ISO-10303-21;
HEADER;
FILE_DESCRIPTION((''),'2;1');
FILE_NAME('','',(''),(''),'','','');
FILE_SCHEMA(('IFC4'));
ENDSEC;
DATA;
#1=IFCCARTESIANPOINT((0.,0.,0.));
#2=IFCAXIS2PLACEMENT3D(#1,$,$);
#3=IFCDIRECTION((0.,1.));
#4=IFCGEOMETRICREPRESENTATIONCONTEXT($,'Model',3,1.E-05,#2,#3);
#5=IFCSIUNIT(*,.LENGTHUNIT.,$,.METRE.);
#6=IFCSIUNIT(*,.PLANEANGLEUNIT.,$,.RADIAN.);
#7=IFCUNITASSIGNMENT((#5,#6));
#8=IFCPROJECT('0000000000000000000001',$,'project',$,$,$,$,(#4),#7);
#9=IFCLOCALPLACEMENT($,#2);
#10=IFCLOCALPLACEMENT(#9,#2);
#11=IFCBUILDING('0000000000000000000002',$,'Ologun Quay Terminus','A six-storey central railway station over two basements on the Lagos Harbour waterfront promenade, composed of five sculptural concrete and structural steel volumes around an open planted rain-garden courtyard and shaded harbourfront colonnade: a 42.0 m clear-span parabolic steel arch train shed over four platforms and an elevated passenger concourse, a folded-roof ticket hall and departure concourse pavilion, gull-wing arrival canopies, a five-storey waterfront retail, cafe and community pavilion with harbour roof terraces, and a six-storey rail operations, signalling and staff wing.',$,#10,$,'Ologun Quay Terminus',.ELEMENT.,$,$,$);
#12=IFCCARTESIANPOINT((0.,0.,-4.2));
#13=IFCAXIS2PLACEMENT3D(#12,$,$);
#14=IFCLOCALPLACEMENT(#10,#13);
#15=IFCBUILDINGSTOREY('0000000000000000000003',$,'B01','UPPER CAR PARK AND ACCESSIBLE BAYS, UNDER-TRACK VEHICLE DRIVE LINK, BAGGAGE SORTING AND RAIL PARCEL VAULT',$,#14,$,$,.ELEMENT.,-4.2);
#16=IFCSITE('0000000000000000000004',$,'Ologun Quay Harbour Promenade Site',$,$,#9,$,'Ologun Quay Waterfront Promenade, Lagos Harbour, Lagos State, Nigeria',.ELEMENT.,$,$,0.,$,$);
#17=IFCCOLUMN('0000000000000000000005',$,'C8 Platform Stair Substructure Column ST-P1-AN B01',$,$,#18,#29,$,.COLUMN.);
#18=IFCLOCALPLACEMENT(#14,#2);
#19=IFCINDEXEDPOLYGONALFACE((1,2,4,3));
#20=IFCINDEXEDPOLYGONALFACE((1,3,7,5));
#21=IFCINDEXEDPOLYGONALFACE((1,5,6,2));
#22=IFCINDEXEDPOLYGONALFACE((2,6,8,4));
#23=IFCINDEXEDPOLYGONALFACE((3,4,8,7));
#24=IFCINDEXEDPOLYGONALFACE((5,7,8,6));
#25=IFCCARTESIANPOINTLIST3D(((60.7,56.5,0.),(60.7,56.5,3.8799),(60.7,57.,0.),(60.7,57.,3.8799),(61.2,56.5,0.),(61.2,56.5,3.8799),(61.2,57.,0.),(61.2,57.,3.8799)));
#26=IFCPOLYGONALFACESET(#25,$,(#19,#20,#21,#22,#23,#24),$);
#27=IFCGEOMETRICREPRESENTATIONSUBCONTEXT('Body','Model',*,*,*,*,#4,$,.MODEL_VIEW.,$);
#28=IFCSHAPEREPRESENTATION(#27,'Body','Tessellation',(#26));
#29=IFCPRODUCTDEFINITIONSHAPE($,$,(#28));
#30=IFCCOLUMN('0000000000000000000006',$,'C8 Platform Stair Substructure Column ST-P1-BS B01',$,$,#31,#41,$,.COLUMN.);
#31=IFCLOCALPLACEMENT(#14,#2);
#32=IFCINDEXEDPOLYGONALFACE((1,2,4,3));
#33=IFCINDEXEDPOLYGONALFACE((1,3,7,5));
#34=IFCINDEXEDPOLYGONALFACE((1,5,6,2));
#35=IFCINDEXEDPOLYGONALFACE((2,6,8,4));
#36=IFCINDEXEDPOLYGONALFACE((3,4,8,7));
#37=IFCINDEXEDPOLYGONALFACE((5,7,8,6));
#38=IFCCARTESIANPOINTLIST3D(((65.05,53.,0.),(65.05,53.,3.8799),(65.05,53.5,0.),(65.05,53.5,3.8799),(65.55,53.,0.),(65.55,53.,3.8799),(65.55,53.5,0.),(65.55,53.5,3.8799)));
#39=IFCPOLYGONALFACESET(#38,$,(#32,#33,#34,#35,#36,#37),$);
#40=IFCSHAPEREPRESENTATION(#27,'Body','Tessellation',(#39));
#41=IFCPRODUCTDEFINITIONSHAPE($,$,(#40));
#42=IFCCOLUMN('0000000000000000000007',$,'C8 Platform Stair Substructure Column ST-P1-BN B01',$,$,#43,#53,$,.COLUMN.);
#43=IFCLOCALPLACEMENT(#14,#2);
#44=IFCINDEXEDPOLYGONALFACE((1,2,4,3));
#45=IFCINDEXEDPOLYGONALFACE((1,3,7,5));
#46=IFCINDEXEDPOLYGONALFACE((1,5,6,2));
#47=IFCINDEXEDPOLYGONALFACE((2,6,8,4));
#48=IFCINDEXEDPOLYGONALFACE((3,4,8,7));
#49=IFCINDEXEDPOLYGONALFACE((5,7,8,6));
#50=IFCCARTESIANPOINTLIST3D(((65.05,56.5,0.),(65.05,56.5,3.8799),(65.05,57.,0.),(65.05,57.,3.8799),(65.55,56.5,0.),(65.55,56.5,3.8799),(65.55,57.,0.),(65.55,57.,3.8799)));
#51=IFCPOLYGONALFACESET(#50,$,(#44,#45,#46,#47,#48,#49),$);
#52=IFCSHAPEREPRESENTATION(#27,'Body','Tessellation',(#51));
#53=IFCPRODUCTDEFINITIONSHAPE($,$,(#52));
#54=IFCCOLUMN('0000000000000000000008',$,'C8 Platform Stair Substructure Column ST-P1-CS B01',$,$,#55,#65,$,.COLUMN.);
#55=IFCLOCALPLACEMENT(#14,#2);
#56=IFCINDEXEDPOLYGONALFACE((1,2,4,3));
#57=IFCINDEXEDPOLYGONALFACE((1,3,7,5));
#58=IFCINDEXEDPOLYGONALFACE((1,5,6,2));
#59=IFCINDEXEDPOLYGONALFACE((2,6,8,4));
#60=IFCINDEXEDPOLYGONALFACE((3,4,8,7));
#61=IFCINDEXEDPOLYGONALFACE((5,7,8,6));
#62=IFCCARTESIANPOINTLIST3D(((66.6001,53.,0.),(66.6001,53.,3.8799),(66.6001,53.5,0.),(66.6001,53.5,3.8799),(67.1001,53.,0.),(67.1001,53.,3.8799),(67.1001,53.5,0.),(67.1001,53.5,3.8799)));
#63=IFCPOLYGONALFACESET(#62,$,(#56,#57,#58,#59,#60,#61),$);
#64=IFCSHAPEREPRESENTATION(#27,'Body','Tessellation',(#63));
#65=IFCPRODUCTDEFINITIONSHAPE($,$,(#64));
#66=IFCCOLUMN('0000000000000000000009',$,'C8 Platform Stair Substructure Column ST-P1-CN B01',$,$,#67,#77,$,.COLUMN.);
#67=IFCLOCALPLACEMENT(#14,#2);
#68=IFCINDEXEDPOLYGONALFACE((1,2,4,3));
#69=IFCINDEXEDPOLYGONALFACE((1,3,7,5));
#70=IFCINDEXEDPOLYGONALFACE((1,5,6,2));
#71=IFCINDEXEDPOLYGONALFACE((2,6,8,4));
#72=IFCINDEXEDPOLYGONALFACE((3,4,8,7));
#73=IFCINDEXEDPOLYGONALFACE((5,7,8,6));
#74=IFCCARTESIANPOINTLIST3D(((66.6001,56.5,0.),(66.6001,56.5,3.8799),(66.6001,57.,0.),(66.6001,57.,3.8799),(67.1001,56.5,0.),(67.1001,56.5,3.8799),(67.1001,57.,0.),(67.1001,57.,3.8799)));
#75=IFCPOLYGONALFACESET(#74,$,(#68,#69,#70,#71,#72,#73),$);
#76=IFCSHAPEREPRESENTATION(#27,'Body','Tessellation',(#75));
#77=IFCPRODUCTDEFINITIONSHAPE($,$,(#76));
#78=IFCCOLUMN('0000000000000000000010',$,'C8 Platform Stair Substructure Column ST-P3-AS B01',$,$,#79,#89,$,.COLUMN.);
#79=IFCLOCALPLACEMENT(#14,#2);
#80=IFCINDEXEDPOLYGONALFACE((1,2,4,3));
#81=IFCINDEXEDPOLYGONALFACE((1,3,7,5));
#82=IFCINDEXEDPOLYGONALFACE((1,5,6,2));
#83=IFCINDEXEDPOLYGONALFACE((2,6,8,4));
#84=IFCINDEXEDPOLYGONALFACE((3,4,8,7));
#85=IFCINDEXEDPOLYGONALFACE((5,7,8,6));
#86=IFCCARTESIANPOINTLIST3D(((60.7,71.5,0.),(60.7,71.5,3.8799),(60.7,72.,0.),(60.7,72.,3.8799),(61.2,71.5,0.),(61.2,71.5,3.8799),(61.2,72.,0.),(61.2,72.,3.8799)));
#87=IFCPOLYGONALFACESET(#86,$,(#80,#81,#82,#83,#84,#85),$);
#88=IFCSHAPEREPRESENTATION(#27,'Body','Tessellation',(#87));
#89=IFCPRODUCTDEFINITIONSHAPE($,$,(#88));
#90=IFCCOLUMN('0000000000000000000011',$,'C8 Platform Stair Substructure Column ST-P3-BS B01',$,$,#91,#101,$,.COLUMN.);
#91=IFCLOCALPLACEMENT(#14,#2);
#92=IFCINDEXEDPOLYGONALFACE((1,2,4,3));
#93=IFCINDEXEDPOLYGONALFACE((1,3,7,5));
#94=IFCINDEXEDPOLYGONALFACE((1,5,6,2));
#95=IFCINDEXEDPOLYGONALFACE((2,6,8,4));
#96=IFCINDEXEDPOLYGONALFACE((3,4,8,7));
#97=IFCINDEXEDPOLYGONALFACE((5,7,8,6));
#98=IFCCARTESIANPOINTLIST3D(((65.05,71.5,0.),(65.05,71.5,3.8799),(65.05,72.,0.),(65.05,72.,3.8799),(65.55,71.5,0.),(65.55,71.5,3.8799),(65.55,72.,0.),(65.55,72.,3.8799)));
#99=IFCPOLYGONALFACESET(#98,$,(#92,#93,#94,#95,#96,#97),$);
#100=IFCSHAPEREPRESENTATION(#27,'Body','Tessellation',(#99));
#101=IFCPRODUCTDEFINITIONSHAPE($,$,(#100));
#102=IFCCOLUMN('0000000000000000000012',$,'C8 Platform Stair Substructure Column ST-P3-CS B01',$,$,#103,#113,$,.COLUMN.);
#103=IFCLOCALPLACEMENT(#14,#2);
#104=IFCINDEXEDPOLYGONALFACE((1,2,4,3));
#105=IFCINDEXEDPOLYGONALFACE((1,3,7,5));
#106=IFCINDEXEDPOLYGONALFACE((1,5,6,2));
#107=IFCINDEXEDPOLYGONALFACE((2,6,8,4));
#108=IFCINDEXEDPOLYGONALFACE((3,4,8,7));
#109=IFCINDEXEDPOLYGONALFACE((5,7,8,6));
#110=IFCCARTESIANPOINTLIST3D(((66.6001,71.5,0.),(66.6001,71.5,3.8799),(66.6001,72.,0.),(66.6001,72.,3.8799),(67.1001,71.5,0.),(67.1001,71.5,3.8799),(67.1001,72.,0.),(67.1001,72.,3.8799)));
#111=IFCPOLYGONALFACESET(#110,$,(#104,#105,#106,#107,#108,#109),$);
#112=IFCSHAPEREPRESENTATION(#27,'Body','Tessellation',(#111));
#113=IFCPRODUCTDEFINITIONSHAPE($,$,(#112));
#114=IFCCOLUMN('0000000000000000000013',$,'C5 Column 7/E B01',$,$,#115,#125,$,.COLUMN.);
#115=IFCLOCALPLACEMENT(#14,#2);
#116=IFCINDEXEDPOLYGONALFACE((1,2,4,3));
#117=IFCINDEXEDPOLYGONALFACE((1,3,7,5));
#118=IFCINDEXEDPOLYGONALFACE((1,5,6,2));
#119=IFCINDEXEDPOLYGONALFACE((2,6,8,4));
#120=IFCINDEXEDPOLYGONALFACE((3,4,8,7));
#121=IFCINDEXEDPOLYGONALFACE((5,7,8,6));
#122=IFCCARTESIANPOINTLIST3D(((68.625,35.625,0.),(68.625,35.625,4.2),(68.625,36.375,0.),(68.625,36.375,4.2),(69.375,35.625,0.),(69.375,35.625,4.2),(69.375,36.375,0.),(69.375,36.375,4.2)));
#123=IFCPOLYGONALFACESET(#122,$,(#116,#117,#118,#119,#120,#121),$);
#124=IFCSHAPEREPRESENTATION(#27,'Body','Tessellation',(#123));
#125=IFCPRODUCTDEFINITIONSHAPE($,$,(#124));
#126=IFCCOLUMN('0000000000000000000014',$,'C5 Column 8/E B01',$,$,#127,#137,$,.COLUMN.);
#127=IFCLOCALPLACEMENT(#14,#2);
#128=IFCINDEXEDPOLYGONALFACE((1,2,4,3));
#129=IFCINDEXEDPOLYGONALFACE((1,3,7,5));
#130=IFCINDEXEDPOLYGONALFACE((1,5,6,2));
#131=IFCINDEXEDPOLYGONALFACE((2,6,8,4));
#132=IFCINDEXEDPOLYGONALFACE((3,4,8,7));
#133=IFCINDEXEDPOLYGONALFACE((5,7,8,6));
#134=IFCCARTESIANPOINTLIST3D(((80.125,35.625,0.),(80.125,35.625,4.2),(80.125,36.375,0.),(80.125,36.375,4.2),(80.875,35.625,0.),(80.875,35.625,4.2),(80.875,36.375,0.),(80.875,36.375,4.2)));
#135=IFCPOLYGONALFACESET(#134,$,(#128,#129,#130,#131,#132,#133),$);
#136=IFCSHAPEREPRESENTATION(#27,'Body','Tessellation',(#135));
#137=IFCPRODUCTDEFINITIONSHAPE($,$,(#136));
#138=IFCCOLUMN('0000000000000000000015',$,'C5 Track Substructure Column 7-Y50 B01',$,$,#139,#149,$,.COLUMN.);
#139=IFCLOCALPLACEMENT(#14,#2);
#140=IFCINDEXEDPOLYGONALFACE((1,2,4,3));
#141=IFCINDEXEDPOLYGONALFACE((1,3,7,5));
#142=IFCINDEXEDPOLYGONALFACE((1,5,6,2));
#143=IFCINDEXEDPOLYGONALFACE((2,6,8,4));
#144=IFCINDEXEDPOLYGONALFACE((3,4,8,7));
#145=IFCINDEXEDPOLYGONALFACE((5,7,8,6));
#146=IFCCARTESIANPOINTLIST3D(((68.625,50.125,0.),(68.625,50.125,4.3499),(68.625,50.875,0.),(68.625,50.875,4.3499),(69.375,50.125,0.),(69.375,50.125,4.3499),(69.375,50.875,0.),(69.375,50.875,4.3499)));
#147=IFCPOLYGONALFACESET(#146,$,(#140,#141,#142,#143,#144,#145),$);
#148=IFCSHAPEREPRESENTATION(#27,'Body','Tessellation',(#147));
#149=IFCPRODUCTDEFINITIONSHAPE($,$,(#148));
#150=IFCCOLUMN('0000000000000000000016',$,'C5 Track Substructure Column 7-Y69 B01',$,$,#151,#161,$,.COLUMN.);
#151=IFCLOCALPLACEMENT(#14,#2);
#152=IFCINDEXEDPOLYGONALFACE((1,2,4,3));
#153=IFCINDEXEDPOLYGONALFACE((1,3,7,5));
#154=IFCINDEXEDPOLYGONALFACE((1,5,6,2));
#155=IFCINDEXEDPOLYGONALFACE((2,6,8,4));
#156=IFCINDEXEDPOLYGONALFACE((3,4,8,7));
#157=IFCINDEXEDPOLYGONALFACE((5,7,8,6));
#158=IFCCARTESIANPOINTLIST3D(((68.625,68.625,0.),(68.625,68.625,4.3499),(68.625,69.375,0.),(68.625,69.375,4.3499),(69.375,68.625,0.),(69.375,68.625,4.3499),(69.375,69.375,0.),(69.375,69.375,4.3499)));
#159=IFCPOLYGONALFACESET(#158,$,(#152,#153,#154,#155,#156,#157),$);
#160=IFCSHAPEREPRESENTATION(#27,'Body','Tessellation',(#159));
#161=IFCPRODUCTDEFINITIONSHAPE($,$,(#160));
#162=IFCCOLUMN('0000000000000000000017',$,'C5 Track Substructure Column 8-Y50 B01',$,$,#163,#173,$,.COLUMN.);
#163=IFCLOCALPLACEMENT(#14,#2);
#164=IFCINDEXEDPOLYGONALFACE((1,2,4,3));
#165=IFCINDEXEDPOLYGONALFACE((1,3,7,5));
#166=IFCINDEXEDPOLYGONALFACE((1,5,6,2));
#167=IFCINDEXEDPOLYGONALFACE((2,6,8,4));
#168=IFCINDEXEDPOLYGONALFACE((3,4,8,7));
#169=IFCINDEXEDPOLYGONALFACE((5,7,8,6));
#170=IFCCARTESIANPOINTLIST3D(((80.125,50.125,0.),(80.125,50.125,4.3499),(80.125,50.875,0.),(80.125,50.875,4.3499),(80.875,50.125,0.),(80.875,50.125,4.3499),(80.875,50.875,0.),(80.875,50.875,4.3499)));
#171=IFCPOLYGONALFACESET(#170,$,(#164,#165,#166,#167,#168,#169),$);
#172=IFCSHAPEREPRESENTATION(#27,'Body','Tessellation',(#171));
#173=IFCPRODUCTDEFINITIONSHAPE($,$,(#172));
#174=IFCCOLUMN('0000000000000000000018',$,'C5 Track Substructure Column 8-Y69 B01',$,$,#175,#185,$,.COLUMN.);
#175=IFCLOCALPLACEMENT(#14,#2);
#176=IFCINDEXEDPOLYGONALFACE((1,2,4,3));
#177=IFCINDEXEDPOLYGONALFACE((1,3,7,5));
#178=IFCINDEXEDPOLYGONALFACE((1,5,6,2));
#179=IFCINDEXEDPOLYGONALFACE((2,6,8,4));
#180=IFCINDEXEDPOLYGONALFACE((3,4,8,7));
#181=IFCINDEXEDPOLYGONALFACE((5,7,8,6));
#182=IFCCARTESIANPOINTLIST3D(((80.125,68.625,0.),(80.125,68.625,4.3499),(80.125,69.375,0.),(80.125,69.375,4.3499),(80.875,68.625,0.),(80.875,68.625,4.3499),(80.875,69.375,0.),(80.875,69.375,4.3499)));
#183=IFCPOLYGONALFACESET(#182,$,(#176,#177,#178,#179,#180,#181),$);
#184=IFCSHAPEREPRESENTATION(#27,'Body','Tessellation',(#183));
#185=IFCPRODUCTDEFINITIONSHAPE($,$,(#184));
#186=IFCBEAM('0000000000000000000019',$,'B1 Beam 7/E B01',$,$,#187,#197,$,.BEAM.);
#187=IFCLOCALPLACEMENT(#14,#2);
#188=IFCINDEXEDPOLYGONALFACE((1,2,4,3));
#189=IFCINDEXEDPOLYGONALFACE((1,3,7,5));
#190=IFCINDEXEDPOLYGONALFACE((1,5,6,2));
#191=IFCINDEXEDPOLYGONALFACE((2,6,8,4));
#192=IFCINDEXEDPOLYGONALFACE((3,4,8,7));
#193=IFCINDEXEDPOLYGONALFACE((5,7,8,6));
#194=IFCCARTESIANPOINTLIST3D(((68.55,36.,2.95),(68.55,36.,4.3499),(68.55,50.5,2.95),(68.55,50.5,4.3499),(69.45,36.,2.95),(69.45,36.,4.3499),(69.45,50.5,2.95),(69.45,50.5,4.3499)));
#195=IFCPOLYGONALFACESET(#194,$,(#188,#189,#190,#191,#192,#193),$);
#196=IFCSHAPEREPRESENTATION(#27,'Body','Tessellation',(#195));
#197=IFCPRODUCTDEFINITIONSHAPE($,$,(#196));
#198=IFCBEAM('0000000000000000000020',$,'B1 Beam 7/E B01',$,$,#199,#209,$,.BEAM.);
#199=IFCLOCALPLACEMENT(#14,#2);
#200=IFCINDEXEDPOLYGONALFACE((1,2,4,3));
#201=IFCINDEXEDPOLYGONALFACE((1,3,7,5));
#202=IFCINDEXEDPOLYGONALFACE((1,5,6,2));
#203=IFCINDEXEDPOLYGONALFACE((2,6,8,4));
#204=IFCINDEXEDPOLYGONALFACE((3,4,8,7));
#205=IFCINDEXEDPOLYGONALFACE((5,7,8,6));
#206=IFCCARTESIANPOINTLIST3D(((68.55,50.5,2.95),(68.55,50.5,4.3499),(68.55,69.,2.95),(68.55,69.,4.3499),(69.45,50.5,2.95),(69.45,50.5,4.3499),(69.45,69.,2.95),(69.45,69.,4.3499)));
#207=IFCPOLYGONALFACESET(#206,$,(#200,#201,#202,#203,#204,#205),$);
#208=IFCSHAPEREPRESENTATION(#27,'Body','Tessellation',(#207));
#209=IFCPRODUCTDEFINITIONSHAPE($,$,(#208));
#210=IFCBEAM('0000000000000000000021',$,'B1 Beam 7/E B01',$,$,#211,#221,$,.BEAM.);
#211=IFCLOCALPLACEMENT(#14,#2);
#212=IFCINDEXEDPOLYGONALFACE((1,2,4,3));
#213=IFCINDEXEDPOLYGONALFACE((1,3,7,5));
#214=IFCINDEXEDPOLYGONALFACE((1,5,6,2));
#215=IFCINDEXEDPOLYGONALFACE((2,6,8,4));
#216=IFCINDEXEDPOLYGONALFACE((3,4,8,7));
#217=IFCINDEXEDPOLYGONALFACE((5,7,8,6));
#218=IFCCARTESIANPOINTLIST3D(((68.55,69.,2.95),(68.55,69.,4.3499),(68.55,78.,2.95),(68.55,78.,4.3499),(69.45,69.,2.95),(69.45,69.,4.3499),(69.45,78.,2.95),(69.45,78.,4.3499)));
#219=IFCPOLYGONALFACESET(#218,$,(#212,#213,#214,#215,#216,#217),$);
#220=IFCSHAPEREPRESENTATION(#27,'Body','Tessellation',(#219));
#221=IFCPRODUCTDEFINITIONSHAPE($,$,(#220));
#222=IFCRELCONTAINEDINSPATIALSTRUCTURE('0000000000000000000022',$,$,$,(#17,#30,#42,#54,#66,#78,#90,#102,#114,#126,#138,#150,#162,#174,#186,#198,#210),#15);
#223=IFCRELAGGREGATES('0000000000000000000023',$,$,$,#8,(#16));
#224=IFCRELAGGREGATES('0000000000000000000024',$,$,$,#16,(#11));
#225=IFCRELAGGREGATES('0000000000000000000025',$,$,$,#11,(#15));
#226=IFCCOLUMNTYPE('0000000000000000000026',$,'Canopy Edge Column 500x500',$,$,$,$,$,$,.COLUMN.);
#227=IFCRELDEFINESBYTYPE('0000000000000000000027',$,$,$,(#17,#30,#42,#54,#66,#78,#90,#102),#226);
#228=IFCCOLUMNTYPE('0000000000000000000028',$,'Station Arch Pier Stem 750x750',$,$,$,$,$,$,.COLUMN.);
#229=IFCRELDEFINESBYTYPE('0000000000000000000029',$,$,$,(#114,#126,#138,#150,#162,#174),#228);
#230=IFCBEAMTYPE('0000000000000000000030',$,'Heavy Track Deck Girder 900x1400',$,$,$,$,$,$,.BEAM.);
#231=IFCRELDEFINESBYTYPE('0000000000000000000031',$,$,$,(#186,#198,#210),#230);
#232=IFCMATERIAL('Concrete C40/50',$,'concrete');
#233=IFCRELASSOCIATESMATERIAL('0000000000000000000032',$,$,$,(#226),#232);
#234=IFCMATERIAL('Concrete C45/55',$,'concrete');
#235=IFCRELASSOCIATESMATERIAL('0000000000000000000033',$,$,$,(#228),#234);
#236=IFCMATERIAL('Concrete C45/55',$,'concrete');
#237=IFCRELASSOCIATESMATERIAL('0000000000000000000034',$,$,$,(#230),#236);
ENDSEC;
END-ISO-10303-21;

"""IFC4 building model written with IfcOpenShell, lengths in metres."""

from ifc_helpers import new_model, si_unit, direction, frame, origin, origin_2d, place, context, subcontext, project, spatial, rectangle, extrude, material, material_profile, profile_set, type_object, element, save


model = new_model("IFC4")

# Units and contexts
model_context = context("Model", 3, precision=1e-05, world=origin(), true_north=direction((0.0, 1.0)))
body_context = subcontext(model_context, "Body", "Model", "MODEL_VIEW")
ifc_project = project(units=[si_unit("LENGTHUNIT", "METRE"), si_unit("PLANEANGLEUNIT", "RADIAN")], contexts=[model_context])

# Site, building, storey
site_placement = place(None, origin())
site = spatial("IfcSite", under=ifc_project, at=site_placement, Name="Ologun Quay Harbour Promenade Site", LongName="Ologun Quay Waterfront Promenade, Lagos Harbour, Lagos State, Nigeria", CompositionType="ELEMENT", RefElevation=0.0)
building_placement = place(site_placement, origin())
building = spatial("IfcBuilding", under=site, at=building_placement, Name="Ologun Quay Terminus", Description="A six-storey central railway station over two basements on the Lagos Harbour waterfront promenade, composed of five sculptural concrete and structural steel volumes around an open planted rain-garden courtyard and shaded harbourfront colonnade: a 42.0 m clear-span parabolic steel arch train shed over four platforms and an elevated passenger concourse, a folded-roof ticket hall and departure concourse pavilion, gull-wing arrival canopies, a five-storey waterfront retail, cafe and community pavilion with harbour roof terraces, and a six-storey rail operations, signalling and staff wing.", LongName="Ologun Quay Terminus", CompositionType="ELEMENT")
storey_placement = place(building_placement, frame((0.0, 0.0, -4.2)))
storey = spatial("IfcBuildingStorey", under=building, at=storey_placement, Name="B01", Description="UPPER CAR PARK AND ACCESSIBLE BAYS, UNDER-TRACK VEHICLE DRIVE LINK, BAGGAGE SORTING AND RAIL PARCEL VAULT", CompositionType="ELEMENT", Elevation=-4.2)

# Columns
ifc_material_1 = material(Name="Concrete C40/50", Category="concrete")
ifc_material_profile_1 = material_profile(ifc_material_1, rectangle(XDim=0.5, YDim=0.5, at=origin_2d()), Name="RC 500x500")
ifc_profile_set_1 = profile_set([ifc_material_profile_1], Name="Concrete C40/50")
column_type_1 = type_object("IfcColumnType", Name="Canopy Edge Column 500x500", PredefinedType="COLUMN", material=ifc_profile_set_1)
for number, where, z_axis, x_axis, name in (
    (1, (60.95, 56.75, 0.0), (0.0, 0.0, 1.0), (1.0, 0.0, 0.0), "C8 Platform Stair Substructure Column ST-P1-AN B01"),
    (2, (65.3, 53.25, 0.0), (0.0, 0.0, 1.0), (1.0, 0.0, 0.0), "C8 Platform Stair Substructure Column ST-P1-BS B01"),
    (3, (65.3, 56.75, 0.0), (0.0, 0.0, 1.0), (1.0, 0.0, 0.0), "C8 Platform Stair Substructure Column ST-P1-BN B01"),
    (4, (66.8501, 53.25, 0.0), (0.0, 0.0, 1.0), (1.0, 0.0, 0.0), "C8 Platform Stair Substructure Column ST-P1-CS B01"),
    (5, (66.8501, 56.75, 0.0), (0.0, 0.0, 1.0), (1.0, 0.0, 0.0), "C8 Platform Stair Substructure Column ST-P1-CN B01"),
    (6, (60.95, 71.75, 0.0), (0.0, 0.0, 1.0), (1.0, 0.0, 0.0), "C8 Platform Stair Substructure Column ST-P3-AS B01"),
    (7, (65.3, 71.75, 0.0), (0.0, 0.0, 1.0), (1.0, 0.0, 0.0), "C8 Platform Stair Substructure Column ST-P3-BS B01"),
    (8, (66.8501, 71.75, 0.0), (0.0, 0.0, 1.0), (1.0, 0.0, 0.0), "C8 Platform Stair Substructure Column ST-P3-CS B01"),
):
    element("IfcColumn", number, at=place(storey_placement, frame(where, z_axis=z_axis, x_axis=x_axis)), inside=storey, type_object=column_type_1, Name=name, PredefinedType="COLUMN", context=body_context, shape_type="SweptSolid", body=[
        extrude(rectangle(XDim=0.5, YDim=0.5, at=origin_2d()), origin(), (0.0, 0.0, 1.0), 3.8799),
    ])
ifc_material_2 = material(Name="Concrete C45/55", Category="concrete")
ifc_material_profile_2 = material_profile(ifc_material_2, rectangle(XDim=0.75, YDim=0.75, at=origin_2d()), Name="RC 750x750")
ifc_profile_set_2 = profile_set([ifc_material_profile_2], Name="Concrete C45/55")
column_type_2 = type_object("IfcColumnType", Name="Station Arch Pier Stem 750x750", PredefinedType="COLUMN", material=ifc_profile_set_2)
for number, where, z_axis, x_axis, name in (
    (9, (69.0, 36.0, 0.0), (0.0, 0.0, 1.0), (1.0, 0.0, 0.0), "C5 Column 7/E B01"),
    (10, (80.5, 36.0, 0.0), (0.0, 0.0, 1.0), (1.0, 0.0, 0.0), "C5 Column 8/E B01"),
):
    element("IfcColumn", number, at=place(storey_placement, frame(where, z_axis=z_axis, x_axis=x_axis)), inside=storey, type_object=column_type_2, Name=name, PredefinedType="COLUMN", context=body_context, shape_type="SweptSolid", body=[
        extrude(rectangle(XDim=0.75, YDim=0.75, at=origin_2d()), origin(), (0.0, 0.0, 1.0), 4.2),
    ])
for number, where, z_axis, x_axis, name in (
    (11, (69.0, 50.5, 0.0), (0.0, 0.0, 1.0), (1.0, 0.0, 0.0), "C5 Track Substructure Column 7-Y50 B01"),
    (12, (69.0, 69.0, 0.0), (0.0, 0.0, 1.0), (1.0, 0.0, 0.0), "C5 Track Substructure Column 7-Y69 B01"),
    (13, (80.5, 50.5, 0.0), (0.0, 0.0, 1.0), (1.0, 0.0, 0.0), "C5 Track Substructure Column 8-Y50 B01"),
    (14, (80.5, 69.0, 0.0), (0.0, 0.0, 1.0), (1.0, 0.0, 0.0), "C5 Track Substructure Column 8-Y69 B01"),
):
    element("IfcColumn", number, at=place(storey_placement, frame(where, z_axis=z_axis, x_axis=x_axis)), inside=storey, type_object=column_type_2, Name=name, PredefinedType="COLUMN", context=body_context, shape_type="SweptSolid", body=[
        extrude(rectangle(XDim=0.75, YDim=0.75, at=origin_2d()), origin(), (0.0, 0.0, 1.0), 4.3499),
    ])

# Beams
ifc_material_3 = material(Name="Concrete C45/55", Category="concrete")
ifc_material_profile_3 = material_profile(ifc_material_3, rectangle(XDim=0.8999, YDim=1.3999, at=origin_2d()), Name="RC 900x1400")
ifc_profile_set_3 = profile_set([ifc_material_profile_3], Name="Concrete C45/55")
beam_type_1 = type_object("IfcBeamType", Name="Heavy Track Deck Girder 900x1400", PredefinedType="BEAM", material=ifc_profile_set_3)
beam_1_placement = place(storey_placement, frame((69.0, 36.0, 3.6499), z_axis=(0.0, 1.0, 0.0), x_axis=(-1.0, 0.0, 0.0)))
element("IfcBeam", 15, at=beam_1_placement, inside=storey, type_object=beam_type_1, Name="B1 Beam 7/E B01", PredefinedType="BEAM", context=body_context, shape_type="SweptSolid", body=[
    extrude(rectangle(XDim=0.8999, YDim=1.3999, at=origin_2d()), origin(), (0.0, 0.0, 1.0), 14.5),
])
beam_2_placement = place(storey_placement, frame((69.0, 50.5, 3.6499), z_axis=(0.0, 1.0, 0.0), x_axis=(-1.0, 0.0, 0.0)))
element("IfcBeam", 16, at=beam_2_placement, inside=storey, type_object=beam_type_1, Name="B1 Beam 7/E B01", PredefinedType="BEAM", context=body_context, shape_type="SweptSolid", body=[
    extrude(rectangle(XDim=0.8999, YDim=1.3999, at=origin_2d()), origin(), (0.0, 0.0, 1.0), 18.5),
])
beam_3_placement = place(storey_placement, frame((69.0, 69.0, 3.6499), z_axis=(0.0, 1.0, 0.0), x_axis=(-1.0, 0.0, 0.0)))
element("IfcBeam", 17, at=beam_3_placement, inside=storey, type_object=beam_type_1, Name="B1 Beam 7/E B01", PredefinedType="BEAM", context=body_context, shape_type="SweptSolid", body=[
    extrude(rectangle(XDim=0.8999, YDim=1.3999, at=origin_2d()), origin(), (0.0, 0.0, 1.0), 9.0),
])

save(model, "model.ifc")
